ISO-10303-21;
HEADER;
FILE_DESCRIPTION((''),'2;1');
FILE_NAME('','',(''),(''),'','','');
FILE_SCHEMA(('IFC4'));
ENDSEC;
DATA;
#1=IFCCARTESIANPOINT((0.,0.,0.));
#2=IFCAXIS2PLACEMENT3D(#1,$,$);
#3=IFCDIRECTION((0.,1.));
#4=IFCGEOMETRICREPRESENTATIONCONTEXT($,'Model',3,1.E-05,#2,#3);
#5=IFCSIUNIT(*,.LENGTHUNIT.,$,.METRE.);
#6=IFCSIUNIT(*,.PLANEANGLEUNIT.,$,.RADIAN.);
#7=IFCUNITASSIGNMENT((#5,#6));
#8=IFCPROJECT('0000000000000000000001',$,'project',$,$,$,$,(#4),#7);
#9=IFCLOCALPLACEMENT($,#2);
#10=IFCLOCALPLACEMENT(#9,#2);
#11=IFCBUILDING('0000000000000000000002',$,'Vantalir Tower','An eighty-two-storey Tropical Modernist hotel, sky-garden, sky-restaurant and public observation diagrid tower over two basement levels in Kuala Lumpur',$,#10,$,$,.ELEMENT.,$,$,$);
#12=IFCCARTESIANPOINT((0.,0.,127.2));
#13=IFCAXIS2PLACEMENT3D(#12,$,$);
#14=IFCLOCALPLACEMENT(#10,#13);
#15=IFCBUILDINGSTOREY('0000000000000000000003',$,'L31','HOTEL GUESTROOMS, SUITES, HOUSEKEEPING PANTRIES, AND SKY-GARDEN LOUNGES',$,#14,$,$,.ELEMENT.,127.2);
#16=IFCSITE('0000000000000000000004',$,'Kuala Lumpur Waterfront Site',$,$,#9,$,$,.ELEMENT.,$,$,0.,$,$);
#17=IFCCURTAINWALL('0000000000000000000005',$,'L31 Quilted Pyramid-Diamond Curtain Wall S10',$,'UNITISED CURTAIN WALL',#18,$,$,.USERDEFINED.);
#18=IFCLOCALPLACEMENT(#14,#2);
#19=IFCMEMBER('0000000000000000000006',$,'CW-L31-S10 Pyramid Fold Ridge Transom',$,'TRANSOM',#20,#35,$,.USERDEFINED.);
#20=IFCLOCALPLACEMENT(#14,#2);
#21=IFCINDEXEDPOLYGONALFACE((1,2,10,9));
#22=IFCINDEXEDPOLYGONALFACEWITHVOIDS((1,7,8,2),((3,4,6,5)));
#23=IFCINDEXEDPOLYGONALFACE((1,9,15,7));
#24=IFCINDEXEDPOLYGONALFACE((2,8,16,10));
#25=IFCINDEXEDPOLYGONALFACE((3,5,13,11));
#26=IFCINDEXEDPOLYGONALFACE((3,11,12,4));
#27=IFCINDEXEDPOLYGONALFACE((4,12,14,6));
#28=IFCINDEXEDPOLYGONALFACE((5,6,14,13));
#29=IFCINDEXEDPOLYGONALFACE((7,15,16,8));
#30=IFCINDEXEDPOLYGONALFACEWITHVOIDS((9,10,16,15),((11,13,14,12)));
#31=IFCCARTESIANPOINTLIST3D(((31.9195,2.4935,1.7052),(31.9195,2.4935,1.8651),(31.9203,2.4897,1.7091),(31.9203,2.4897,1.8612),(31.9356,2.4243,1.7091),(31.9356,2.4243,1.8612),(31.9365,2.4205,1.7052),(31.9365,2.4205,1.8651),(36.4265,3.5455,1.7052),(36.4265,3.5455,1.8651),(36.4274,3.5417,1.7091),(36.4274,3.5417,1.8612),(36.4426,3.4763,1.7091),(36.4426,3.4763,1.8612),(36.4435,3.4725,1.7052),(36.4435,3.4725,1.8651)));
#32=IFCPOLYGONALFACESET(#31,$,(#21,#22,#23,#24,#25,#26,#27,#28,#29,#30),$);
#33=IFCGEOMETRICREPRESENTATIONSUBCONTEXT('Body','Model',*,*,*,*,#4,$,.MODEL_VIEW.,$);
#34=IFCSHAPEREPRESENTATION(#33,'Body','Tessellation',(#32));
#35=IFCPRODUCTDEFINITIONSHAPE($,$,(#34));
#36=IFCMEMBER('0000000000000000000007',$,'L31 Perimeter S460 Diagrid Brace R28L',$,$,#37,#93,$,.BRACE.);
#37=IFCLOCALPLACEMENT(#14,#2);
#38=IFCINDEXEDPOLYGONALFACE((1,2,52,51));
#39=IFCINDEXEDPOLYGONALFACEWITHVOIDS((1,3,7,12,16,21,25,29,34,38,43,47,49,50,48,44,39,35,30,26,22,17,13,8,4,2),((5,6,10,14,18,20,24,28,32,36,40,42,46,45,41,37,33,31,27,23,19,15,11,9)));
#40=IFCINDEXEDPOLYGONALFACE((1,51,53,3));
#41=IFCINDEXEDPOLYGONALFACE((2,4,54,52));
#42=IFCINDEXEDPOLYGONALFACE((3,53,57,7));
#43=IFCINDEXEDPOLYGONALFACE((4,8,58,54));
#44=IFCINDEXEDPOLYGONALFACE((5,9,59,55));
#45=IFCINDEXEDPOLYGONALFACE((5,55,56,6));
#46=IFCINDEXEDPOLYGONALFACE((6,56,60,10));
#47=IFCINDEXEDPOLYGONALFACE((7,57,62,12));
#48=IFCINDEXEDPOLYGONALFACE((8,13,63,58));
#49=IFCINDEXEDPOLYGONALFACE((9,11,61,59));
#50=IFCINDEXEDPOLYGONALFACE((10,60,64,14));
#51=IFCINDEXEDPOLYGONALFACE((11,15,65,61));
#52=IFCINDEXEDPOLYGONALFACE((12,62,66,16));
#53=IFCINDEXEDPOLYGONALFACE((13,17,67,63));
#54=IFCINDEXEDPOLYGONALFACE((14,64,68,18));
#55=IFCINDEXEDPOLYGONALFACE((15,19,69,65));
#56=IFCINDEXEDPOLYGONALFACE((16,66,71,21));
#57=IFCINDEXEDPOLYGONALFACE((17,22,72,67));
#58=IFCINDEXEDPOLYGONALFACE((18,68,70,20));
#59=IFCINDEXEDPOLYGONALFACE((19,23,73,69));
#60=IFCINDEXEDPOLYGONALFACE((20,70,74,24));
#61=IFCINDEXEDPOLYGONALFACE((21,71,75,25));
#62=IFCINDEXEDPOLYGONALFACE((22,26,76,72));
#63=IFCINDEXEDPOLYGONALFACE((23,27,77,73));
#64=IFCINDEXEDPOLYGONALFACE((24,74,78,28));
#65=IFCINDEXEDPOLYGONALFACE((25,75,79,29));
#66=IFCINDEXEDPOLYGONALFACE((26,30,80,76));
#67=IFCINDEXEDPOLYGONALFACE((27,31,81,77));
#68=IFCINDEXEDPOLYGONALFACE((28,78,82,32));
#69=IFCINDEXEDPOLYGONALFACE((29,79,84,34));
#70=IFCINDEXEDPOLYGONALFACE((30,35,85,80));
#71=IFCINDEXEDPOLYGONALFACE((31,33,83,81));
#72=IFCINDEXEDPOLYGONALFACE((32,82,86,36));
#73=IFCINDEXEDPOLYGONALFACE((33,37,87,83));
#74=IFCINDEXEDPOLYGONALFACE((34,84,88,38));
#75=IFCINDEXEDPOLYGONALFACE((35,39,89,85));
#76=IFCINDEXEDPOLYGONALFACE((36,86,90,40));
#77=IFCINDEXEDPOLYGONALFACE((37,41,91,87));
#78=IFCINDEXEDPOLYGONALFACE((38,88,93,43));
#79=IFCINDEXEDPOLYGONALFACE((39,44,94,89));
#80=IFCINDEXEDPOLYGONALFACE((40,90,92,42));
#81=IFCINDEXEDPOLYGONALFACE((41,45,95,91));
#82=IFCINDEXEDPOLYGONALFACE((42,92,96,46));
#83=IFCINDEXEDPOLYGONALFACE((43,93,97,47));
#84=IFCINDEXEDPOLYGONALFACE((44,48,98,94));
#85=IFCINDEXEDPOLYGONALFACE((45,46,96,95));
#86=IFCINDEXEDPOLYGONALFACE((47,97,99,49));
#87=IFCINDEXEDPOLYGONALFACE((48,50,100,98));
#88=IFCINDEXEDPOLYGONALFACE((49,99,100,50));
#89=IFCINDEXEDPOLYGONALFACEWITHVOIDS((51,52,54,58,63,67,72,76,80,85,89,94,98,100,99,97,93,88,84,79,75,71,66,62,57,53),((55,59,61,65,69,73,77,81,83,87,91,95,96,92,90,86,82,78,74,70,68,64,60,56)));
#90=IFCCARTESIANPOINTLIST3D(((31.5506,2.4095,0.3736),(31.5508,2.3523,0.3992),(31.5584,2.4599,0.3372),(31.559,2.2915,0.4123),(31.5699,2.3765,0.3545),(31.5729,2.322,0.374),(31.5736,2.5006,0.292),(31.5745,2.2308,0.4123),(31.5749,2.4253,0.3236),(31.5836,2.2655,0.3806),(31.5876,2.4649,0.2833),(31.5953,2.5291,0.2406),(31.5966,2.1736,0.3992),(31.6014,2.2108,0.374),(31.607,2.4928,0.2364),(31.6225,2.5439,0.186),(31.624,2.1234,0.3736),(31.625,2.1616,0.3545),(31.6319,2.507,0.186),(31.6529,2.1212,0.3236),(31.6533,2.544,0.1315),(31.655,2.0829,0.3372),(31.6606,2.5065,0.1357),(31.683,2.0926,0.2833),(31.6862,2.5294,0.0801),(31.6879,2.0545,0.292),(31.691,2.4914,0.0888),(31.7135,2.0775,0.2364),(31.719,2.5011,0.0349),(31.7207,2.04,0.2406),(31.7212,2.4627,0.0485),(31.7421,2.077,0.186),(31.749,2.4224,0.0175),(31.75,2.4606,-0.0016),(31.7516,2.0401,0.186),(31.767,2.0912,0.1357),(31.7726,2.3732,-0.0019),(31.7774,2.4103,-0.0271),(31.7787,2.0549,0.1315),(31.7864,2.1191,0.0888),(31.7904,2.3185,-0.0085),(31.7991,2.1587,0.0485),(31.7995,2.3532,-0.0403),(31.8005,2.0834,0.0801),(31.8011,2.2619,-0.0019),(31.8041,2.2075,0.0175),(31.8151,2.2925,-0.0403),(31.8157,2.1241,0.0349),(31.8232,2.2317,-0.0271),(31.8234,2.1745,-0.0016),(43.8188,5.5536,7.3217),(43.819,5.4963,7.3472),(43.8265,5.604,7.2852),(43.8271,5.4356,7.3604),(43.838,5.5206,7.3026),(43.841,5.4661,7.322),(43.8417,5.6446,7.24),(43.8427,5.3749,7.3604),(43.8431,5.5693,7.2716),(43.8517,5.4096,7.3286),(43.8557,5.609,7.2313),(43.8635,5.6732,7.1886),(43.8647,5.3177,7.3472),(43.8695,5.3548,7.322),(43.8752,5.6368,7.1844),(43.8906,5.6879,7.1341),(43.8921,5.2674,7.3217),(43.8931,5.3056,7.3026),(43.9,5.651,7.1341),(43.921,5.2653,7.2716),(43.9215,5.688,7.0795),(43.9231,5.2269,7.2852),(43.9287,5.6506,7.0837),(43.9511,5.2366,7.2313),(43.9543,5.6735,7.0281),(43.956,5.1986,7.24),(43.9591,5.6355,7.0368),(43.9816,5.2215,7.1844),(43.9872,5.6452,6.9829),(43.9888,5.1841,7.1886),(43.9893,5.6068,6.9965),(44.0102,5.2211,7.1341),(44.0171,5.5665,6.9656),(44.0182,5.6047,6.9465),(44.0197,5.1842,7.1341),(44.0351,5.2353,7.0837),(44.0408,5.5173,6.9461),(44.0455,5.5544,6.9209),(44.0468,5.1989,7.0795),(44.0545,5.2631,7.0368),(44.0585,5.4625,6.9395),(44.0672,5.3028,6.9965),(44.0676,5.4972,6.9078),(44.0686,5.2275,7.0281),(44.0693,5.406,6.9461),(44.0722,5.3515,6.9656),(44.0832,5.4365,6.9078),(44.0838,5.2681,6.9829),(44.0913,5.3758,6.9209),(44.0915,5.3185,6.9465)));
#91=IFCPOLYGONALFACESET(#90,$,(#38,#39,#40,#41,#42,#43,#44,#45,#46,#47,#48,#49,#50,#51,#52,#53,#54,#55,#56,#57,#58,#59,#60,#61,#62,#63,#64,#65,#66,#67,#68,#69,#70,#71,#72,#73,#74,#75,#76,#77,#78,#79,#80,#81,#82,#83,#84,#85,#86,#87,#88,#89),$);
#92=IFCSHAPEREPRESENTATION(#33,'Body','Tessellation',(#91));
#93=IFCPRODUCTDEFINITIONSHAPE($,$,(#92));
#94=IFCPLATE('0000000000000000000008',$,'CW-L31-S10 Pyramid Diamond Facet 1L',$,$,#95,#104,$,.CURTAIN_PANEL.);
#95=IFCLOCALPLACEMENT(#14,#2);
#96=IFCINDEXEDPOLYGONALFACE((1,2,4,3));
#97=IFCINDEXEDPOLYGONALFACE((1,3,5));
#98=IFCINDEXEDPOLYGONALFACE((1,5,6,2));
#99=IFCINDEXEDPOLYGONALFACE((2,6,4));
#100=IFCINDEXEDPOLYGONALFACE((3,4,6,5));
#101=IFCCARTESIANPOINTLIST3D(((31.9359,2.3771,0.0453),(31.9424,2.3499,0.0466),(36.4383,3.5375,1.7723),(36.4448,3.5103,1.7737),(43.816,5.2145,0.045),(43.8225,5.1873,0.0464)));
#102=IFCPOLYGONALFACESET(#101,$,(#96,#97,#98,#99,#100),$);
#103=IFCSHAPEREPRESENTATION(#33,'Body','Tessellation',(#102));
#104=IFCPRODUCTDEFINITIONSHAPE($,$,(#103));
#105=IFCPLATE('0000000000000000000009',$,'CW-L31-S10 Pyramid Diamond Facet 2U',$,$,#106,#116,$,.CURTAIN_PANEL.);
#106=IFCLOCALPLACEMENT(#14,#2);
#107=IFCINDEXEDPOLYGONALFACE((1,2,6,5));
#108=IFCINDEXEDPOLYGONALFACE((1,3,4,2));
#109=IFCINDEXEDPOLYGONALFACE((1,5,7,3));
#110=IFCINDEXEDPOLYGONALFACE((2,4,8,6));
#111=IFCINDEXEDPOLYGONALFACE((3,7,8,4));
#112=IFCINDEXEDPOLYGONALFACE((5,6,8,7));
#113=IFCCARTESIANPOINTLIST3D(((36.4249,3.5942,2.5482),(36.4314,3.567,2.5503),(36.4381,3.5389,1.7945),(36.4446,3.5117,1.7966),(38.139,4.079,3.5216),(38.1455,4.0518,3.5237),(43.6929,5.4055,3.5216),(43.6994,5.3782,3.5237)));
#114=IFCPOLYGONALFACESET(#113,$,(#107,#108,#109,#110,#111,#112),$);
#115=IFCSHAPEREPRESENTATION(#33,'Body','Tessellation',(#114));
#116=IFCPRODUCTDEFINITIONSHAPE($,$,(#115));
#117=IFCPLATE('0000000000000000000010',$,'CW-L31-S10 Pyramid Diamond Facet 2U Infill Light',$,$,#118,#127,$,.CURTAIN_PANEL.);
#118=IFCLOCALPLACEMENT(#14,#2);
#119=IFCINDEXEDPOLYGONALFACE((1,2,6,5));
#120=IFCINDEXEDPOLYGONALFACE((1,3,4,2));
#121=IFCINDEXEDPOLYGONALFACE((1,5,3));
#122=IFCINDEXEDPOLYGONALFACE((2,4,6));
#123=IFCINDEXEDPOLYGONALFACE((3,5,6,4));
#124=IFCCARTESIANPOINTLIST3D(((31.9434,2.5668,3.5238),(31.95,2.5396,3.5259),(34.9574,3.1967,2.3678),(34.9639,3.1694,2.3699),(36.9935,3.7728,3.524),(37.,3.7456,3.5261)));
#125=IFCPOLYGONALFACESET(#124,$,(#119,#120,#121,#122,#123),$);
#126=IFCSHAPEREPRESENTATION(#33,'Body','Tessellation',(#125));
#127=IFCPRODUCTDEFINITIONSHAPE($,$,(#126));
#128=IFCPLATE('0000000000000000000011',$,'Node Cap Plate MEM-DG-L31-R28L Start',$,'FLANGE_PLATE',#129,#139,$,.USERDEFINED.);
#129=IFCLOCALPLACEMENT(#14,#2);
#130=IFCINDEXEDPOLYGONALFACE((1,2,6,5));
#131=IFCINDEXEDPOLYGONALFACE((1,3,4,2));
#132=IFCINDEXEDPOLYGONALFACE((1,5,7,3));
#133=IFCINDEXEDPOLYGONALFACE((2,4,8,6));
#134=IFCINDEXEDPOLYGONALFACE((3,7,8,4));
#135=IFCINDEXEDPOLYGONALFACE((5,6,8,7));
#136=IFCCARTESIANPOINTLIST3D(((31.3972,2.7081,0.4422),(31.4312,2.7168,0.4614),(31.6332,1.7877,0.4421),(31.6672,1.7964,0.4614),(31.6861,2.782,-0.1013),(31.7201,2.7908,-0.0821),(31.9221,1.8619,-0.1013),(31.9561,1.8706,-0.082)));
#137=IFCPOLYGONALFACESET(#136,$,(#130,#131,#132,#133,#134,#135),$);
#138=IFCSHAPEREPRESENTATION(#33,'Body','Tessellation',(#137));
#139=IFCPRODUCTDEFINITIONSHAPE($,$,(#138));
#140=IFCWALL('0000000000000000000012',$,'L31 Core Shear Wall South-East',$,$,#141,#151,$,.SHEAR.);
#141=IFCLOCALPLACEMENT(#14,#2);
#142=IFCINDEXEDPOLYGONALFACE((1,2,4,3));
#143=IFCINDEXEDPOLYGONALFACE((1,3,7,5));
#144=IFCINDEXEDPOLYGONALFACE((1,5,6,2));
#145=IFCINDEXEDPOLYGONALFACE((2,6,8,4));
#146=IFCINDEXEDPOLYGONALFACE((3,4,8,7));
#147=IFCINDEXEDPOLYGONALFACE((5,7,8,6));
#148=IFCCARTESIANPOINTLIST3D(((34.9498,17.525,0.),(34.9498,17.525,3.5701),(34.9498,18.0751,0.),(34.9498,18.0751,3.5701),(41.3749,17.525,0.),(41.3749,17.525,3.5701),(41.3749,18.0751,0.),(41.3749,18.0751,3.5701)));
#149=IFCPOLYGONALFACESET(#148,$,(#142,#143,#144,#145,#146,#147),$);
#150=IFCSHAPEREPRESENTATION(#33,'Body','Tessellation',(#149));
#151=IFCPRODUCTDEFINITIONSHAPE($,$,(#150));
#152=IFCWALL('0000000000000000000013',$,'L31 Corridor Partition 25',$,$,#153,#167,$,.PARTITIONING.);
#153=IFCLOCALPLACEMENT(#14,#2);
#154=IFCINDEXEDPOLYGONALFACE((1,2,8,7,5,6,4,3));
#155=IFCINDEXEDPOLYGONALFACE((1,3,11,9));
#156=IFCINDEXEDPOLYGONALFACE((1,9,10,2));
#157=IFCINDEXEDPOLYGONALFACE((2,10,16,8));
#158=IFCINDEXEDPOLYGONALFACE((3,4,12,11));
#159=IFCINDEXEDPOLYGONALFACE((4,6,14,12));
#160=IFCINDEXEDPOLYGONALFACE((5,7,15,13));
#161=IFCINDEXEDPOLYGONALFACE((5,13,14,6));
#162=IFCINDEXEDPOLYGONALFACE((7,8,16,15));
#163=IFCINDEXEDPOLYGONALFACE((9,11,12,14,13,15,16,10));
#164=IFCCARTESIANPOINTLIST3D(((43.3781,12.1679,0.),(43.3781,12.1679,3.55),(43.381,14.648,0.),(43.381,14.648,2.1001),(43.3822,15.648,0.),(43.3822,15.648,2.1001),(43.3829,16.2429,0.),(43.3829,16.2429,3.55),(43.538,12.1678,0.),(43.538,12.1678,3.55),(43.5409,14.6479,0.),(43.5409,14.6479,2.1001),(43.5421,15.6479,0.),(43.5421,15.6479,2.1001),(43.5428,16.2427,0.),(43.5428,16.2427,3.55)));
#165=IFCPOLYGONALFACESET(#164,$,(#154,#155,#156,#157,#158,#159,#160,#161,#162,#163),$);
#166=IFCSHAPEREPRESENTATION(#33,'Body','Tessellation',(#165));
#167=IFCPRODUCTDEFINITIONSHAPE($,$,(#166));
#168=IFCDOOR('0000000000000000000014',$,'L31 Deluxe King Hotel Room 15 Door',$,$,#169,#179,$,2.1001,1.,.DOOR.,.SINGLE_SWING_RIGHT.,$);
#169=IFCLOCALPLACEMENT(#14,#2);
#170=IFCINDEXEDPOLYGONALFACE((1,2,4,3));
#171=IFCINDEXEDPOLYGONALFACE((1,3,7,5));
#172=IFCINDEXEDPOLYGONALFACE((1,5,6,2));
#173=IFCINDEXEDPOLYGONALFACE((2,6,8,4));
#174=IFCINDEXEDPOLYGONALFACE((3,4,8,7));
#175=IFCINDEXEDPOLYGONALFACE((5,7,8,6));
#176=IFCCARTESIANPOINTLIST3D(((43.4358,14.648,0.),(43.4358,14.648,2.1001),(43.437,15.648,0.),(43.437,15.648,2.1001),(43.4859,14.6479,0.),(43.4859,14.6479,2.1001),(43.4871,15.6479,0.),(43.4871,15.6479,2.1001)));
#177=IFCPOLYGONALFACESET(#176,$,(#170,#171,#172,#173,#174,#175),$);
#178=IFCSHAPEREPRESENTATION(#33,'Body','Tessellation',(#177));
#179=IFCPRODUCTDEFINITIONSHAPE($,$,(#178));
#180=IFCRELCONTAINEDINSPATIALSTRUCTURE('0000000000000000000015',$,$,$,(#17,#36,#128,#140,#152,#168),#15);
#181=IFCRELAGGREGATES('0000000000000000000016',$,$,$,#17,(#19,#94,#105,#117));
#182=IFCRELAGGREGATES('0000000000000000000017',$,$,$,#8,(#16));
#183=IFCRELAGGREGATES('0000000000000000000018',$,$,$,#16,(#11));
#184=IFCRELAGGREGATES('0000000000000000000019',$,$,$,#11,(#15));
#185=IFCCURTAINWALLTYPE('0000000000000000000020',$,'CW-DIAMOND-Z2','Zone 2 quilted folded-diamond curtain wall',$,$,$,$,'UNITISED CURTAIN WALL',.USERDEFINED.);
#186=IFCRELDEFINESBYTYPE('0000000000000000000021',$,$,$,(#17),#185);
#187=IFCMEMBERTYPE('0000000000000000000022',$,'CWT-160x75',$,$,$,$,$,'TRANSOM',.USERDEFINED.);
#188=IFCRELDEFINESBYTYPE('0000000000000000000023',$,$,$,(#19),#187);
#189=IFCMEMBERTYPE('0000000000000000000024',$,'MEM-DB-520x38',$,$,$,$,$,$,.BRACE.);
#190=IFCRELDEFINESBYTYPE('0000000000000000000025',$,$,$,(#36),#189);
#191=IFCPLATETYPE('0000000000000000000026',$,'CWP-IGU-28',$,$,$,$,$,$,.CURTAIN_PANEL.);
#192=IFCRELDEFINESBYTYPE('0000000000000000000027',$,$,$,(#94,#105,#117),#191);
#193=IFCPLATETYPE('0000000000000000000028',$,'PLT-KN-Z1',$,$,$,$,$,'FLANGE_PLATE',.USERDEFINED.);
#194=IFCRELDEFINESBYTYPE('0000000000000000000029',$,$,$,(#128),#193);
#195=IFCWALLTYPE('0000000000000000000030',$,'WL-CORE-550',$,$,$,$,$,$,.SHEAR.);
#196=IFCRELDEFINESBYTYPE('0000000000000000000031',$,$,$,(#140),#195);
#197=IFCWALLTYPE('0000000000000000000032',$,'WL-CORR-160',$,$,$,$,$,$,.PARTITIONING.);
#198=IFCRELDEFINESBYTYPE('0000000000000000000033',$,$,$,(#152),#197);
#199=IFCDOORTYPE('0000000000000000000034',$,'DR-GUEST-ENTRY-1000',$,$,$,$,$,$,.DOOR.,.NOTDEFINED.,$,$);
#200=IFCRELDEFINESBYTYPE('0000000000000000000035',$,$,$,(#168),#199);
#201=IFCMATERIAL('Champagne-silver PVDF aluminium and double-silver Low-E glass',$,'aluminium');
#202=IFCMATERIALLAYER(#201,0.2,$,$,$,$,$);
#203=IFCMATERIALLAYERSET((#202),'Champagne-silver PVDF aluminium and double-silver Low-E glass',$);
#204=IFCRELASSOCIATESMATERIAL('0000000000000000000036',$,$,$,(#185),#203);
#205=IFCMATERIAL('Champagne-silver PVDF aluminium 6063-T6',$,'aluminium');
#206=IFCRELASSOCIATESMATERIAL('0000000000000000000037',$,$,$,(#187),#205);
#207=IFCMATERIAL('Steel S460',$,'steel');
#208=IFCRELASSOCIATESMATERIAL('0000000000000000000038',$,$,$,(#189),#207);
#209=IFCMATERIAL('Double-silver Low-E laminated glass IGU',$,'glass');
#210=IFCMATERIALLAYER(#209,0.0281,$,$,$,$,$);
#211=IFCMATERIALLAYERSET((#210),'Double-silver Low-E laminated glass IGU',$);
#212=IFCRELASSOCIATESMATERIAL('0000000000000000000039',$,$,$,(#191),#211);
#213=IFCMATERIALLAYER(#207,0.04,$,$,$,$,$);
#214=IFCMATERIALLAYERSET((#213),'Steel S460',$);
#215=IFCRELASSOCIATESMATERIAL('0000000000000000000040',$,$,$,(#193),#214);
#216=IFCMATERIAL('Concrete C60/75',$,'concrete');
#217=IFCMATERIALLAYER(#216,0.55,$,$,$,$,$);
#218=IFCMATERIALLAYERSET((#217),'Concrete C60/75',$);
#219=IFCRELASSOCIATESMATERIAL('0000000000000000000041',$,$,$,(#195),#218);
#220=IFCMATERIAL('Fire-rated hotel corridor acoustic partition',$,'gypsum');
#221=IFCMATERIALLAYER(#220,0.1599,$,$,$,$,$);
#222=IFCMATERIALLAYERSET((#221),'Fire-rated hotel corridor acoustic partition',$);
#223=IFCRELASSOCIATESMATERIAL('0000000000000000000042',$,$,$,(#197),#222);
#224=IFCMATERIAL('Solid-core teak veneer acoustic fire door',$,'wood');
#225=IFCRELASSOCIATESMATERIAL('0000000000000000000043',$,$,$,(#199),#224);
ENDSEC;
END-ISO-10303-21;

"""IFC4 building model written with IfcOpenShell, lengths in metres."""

from ifc_helpers import new_model, si_unit, direction, frame, frame_2d, origin, origin_2d, place, context, subcontext, project, spatial, polyline, rectangle, hollow_rectangle, hollow_circle, outline, extrude, material, layer, layer_set, material_profile, profile_set, type_object, element, fill, aggregate, save


model = new_model("IFC4")

# Units and contexts
model_context = context("Model", 3, precision=1e-05, world=origin(), true_north=direction((0.0, 1.0)))
body_context = subcontext(model_context, "Body", "Model", "MODEL_VIEW")
ifc_project = project(units=[si_unit("LENGTHUNIT", "METRE"), si_unit("PLANEANGLEUNIT", "RADIAN")], contexts=[model_context])

# Site, building, storey
site_placement = place(None, origin())
site = spatial("IfcSite", under=ifc_project, at=site_placement, Name="Kuala Lumpur Waterfront Site", CompositionType="ELEMENT", RefElevation=0.0)
building_placement = place(site_placement, origin())
building = spatial("IfcBuilding", under=site, at=building_placement, Name="Vantalir Tower", Description="An eighty-two-storey Tropical Modernist hotel, sky-garden, sky-restaurant and public observation diagrid tower over two basement levels in Kuala Lumpur", CompositionType="ELEMENT")
storey_placement = place(building_placement, frame((0.0, 0.0, 127.2)))
storey = spatial("IfcBuildingStorey", under=building, at=storey_placement, Name="L31", Description="HOTEL GUESTROOMS, SUITES, HOUSEKEEPING PANTRIES, AND SKY-GARDEN LOUNGES", CompositionType="ELEMENT", Elevation=127.2)

# Shared definitions
ifc_material_1 = material(Name="Concrete C60/75", Category="concrete")
ifc_material_2 = material(Name="Steel S460", Category="steel")

# Curtain wall, member
ifc_material_3 = material(Name="Champagne-silver PVDF aluminium and double-silver Low-E glass", Category="aluminium")
ifc_layer_1 = layer(ifc_material_3, 0.2)
ifc_layer_set_1 = layer_set([ifc_layer_1], Name="Champagne-silver PVDF aluminium and double-silver Low-E glass")
curtain_wall_type = type_object("IfcCurtainWallType", Name="CW-DIAMOND-Z2", Description="Zone 2 quilted folded-diamond curtain wall", ElementType="UNITISED CURTAIN WALL", PredefinedType="USERDEFINED", material=ifc_layer_set_1)
curtain_wall_placement = place(storey_placement, origin())
curtain_wall = element("IfcCurtainWall", 1, at=curtain_wall_placement, inside=storey, type_object=curtain_wall_type, Name="L31 Quilted Pyramid-Diamond Curtain Wall S10", ObjectType="UNITISED CURTAIN WALL", PredefinedType="USERDEFINED")
ifc_material_4 = material(Name="Champagne-silver PVDF aluminium 6063-T6", Category="aluminium")
ifc_material_profile_1 = material_profile(ifc_material_4, hollow_rectangle(XDim=0.075, YDim=0.1599, WallThickness=0.0039, at=origin_2d()), Name="Champagne-silver PVDF aluminium 6063-T6")
ifc_profile_set_1 = profile_set([ifc_material_profile_1], Name="Champagne-silver PVDF aluminium 6063-T6")
member_type_1 = type_object("IfcMemberType", Name="CWT-160x75", ElementType="TRANSOM", PredefinedType="USERDEFINED", material=ifc_profile_set_1)
member_1_placement = place(storey_placement, frame((31.928, 2.457, 1.7852), z_axis=(0.973824, 0.227301, 0.0), x_axis=(-0.227301, 0.973824, 0.0)))
member_1 = element("IfcMember", 2, at=member_1_placement, type_object=member_type_1, Name="CW-L31-S10 Pyramid Fold Ridge Transom", ObjectType="TRANSOM", PredefinedType="USERDEFINED", context=body_context, shape_type="SweptSolid", body=[
    extrude(hollow_rectangle(XDim=0.075, YDim=0.1599, WallThickness=0.0039, at=origin_2d()), origin(), (0.0, 0.0, 1.0), 4.6282),
])

# Member
ifc_material_profile_2 = material_profile(ifc_material_2, hollow_circle(Radius=0.26, WallThickness=0.0381, at=origin_2d()), Name="Steel S460")
ifc_profile_set_2 = profile_set([ifc_material_profile_2], Name="Steel S460")
member_type_2 = type_object("IfcMemberType", Name="MEM-DB-520x38", PredefinedType="BRACE", material=ifc_profile_set_2)
member_2_placement = place(storey_placement, frame((31.687, 2.292, 0.186), z_axis=(0.849281, 0.217652, 0.480989), x_axis=(-0.248256, 0.968695, 0.0)))
element("IfcMember", 3, at=member_2_placement, inside=storey, type_object=member_type_2, Name="L31 Perimeter S460 Diagrid Brace R28L", PredefinedType="BRACE", context=body_context, shape_type="SweptSolid", body=[
    extrude(hollow_circle(Radius=0.26, WallThickness=0.0381, at=origin_2d()), origin(), (0.0, 0.0, 1.0), 14.4453),
])

# Plates
ifc_material_5 = material(Name="Double-silver Low-E laminated glass IGU", Category="glass")
ifc_layer_2 = layer(ifc_material_5, 0.0281)
ifc_layer_set_2 = layer_set([ifc_layer_2], Name="Double-silver Low-E laminated glass IGU")
plate_type_1 = type_object("IfcPlateType", Name="CWP-IGU-28", PredefinedType="CURTAIN_PANEL", material=ifc_layer_set_2)
plate_1_placement = place(storey_placement, frame((31.9424, 2.3499, 0.0466), z_axis=(0.232037, -0.97153, 0.047844), x_axis=(0.972644, 0.232302, -0.00002)))
plate_1 = element("IfcPlate", 4, at=plate_1_placement, type_object=plate_type_1, Name="CW-L31-S10 Pyramid Diamond Facet 1L", PredefinedType="CURTAIN_PANEL", context=body_context, shape_type="SweptSolid", body=[
    extrude(outline(polyline([(0.0, 0.0), (12.2143, 0.0), (4.6488, 1.7291), (0.0, 0.0)])), origin(), (0.0, 0.0, -1.0), 0.0281),
])
plate_2_placement = place(storey_placement, frame((38.1455, 4.0518, 3.5237), z_axis=(0.231645, -0.969894, 0.07514), x_axis=(0.972644, 0.232301, -0.000001)))
plate_2 = element("IfcPlate", 5, at=plate_2_placement, type_object=plate_type_1, Name="CW-L31-S10 Pyramid Diamond Facet 2U", PredefinedType="CURTAIN_PANEL", context=body_context, shape_type="SweptSolid", body=[
    extrude(outline(polyline([(0.0, 0.0), (5.7101, 0.0), (-1.7798, -1.7319), (-1.7799, -0.9762), (0.0, 0.0)])), origin(), (0.0, 0.0, -1.0), 0.0281),
])
plate_3_placement = place(storey_placement, frame((31.95, 2.5396, 3.5259), z_axis=(0.231623, -0.969878, 0.075417), x_axis=(0.972647, 0.232288, 0.000047)))
plate_3 = element("IfcPlate", 6, at=plate_3_placement, type_object=plate_type_1, Name="CW-L31-S10 Pyramid Diamond Facet 2U Infill Light", PredefinedType="CURTAIN_PANEL", context=body_context, shape_type="SweptSolid", body=[
    extrude(outline(polyline([(0.0, 0.0), (5.1921, 0.0), (3.0777, -1.1595), (0.0, 0.0)])), origin(), (0.0, 0.0, -1.0), 0.0281),
])
aggregate(curtain_wall, [member_1, plate_1, plate_2, plate_3])
ifc_layer_3 = layer(ifc_material_2, 0.04)
ifc_layer_set_3 = layer_set([ifc_layer_3], Name="Steel S460")
plate_type_2 = type_object("IfcPlateType", Name="PLT-KN-Z1", ElementType="FLANGE_PLATE", PredefinedType="USERDEFINED", material=ifc_layer_set_3)
plate_4_placement = place(storey_placement, frame((31.9561, 1.8706, -0.082), z_axis=(0.849164, 0.217726, 0.481161), x_axis=(-0.248345, 0.968672, -0.000039)))
element("IfcPlate", 7, at=plate_4_placement, inside=storey, type_object=plate_type_2, Name="Node Cap Plate MEM-DG-L31-R28L Start", ObjectType="FLANGE_PLATE", PredefinedType="USERDEFINED", context=body_context, shape_type="SweptSolid", body=[
    extrude(outline(polyline([(0.0, 0.0), (0.9499, 0.0), (0.95, 0.62), (-0.0002, 0.6199), (0.0, 0.0)])), origin(), (0.0, 0.0, -1.0), 0.04),
])

# Wall
ifc_layer_4 = layer(ifc_material_1, 0.55)
ifc_layer_set_4 = layer_set([ifc_layer_4], Name="Concrete C60/75")
wall_type_1 = type_object("IfcWallType", Name="WL-CORE-550", PredefinedType="SHEAR", material=ifc_layer_set_4)
wall_1_placement = place(storey_placement, frame((34.95, 17.8, 0.0), z_axis=(0.0, 0.0, 1.0), x_axis=(1.0, 0.0, 0.0)))
element("IfcWall", 8, at=wall_1_placement, inside=storey, type_object=wall_type_1, Name="L31 Core Shear Wall South-East", PredefinedType="SHEAR", context=body_context, shape_type="SweptSolid", body=[
    extrude(rectangle(XDim=6.425, YDim=0.55, at=frame_2d((3.2124, 0.0))), origin(), (0.0, 0.0, 1.0), 3.5701),
])

# Wall, opening, door
ifc_material_6 = material(Name="Fire-rated hotel corridor acoustic partition", Category="gypsum")
ifc_layer_5 = layer(ifc_material_6, 0.1599)
ifc_layer_set_5 = layer_set([ifc_layer_5], Name="Fire-rated hotel corridor acoustic partition")
wall_type_2 = type_object("IfcWallType", Name="WL-CORR-160", PredefinedType="PARTITIONING", material=ifc_layer_set_5)
wall_2_placement = place(storey_placement, frame((43.4629, 16.2429, 0.0), z_axis=(0.0, 0.0, 1.0), x_axis=(-0.001198, -0.999999, 0.0)))
wall_2 = element("IfcWall", 9, at=wall_2_placement, inside=storey, type_object=wall_type_2, Name="L31 Corridor Partition 25", PredefinedType="PARTITIONING", context=body_context, shape_type="SweptSolid", body=[
    extrude(rectangle(XDim=4.075, YDim=0.1599, at=frame_2d((2.0376, 0.0))), origin(), (0.0, 0.0, 1.0), 3.55),
])
opening_1_placement = place(wall_2_placement, frame((0.595, 0.0, 0.0)))
opening_1 = element("IfcOpeningElement", 10, at=opening_1_placement, cuts=wall_2, PredefinedType="OPENING", context=body_context, shape_type="SweptSolid", body=[
    extrude(rectangle(XDim=1.0, YDim=2.1001, at=frame_2d((0.5, 1.05))), frame((0.0, 0.0898, 0.0), z_axis=(0.0, -1.0, 0.0), x_axis=(1.0, 0.0, 0.0)), (0.0, 0.0, 1.0), 0.1799),
])
ifc_material_7 = material(Name="Solid-core teak veneer acoustic fire door", Category="wood")
door_type_1 = type_object("IfcDoorType", Name="DR-GUEST-ENTRY-1000", OperationType="NOTDEFINED", PredefinedType="DOOR", material=ifc_material_7)
door_1_placement = place(opening_1_placement, origin())
door_1 = element("IfcDoor", 11, at=door_1_placement, inside=storey, type_object=door_type_1, Name="L31 Deluxe King Hotel Room 15 Door", OperationType="SINGLE_SWING_RIGHT", OverallHeight=2.1001, OverallWidth=1.0, PredefinedType="DOOR", context=body_context, shape_type="SweptSolid", body=[
    extrude(rectangle(XDim=1.0, YDim=2.1001, at=frame_2d((0.5, 1.05))), frame((0.0, 0.0249, 0.0), z_axis=(0.0, -1.0, 0.0), x_axis=(1.0, 0.0, 0.0)), (0.0, 0.0, 1.0), 0.05),
])
fill(opening_1, door_1)

save(model, "model.ifc")
